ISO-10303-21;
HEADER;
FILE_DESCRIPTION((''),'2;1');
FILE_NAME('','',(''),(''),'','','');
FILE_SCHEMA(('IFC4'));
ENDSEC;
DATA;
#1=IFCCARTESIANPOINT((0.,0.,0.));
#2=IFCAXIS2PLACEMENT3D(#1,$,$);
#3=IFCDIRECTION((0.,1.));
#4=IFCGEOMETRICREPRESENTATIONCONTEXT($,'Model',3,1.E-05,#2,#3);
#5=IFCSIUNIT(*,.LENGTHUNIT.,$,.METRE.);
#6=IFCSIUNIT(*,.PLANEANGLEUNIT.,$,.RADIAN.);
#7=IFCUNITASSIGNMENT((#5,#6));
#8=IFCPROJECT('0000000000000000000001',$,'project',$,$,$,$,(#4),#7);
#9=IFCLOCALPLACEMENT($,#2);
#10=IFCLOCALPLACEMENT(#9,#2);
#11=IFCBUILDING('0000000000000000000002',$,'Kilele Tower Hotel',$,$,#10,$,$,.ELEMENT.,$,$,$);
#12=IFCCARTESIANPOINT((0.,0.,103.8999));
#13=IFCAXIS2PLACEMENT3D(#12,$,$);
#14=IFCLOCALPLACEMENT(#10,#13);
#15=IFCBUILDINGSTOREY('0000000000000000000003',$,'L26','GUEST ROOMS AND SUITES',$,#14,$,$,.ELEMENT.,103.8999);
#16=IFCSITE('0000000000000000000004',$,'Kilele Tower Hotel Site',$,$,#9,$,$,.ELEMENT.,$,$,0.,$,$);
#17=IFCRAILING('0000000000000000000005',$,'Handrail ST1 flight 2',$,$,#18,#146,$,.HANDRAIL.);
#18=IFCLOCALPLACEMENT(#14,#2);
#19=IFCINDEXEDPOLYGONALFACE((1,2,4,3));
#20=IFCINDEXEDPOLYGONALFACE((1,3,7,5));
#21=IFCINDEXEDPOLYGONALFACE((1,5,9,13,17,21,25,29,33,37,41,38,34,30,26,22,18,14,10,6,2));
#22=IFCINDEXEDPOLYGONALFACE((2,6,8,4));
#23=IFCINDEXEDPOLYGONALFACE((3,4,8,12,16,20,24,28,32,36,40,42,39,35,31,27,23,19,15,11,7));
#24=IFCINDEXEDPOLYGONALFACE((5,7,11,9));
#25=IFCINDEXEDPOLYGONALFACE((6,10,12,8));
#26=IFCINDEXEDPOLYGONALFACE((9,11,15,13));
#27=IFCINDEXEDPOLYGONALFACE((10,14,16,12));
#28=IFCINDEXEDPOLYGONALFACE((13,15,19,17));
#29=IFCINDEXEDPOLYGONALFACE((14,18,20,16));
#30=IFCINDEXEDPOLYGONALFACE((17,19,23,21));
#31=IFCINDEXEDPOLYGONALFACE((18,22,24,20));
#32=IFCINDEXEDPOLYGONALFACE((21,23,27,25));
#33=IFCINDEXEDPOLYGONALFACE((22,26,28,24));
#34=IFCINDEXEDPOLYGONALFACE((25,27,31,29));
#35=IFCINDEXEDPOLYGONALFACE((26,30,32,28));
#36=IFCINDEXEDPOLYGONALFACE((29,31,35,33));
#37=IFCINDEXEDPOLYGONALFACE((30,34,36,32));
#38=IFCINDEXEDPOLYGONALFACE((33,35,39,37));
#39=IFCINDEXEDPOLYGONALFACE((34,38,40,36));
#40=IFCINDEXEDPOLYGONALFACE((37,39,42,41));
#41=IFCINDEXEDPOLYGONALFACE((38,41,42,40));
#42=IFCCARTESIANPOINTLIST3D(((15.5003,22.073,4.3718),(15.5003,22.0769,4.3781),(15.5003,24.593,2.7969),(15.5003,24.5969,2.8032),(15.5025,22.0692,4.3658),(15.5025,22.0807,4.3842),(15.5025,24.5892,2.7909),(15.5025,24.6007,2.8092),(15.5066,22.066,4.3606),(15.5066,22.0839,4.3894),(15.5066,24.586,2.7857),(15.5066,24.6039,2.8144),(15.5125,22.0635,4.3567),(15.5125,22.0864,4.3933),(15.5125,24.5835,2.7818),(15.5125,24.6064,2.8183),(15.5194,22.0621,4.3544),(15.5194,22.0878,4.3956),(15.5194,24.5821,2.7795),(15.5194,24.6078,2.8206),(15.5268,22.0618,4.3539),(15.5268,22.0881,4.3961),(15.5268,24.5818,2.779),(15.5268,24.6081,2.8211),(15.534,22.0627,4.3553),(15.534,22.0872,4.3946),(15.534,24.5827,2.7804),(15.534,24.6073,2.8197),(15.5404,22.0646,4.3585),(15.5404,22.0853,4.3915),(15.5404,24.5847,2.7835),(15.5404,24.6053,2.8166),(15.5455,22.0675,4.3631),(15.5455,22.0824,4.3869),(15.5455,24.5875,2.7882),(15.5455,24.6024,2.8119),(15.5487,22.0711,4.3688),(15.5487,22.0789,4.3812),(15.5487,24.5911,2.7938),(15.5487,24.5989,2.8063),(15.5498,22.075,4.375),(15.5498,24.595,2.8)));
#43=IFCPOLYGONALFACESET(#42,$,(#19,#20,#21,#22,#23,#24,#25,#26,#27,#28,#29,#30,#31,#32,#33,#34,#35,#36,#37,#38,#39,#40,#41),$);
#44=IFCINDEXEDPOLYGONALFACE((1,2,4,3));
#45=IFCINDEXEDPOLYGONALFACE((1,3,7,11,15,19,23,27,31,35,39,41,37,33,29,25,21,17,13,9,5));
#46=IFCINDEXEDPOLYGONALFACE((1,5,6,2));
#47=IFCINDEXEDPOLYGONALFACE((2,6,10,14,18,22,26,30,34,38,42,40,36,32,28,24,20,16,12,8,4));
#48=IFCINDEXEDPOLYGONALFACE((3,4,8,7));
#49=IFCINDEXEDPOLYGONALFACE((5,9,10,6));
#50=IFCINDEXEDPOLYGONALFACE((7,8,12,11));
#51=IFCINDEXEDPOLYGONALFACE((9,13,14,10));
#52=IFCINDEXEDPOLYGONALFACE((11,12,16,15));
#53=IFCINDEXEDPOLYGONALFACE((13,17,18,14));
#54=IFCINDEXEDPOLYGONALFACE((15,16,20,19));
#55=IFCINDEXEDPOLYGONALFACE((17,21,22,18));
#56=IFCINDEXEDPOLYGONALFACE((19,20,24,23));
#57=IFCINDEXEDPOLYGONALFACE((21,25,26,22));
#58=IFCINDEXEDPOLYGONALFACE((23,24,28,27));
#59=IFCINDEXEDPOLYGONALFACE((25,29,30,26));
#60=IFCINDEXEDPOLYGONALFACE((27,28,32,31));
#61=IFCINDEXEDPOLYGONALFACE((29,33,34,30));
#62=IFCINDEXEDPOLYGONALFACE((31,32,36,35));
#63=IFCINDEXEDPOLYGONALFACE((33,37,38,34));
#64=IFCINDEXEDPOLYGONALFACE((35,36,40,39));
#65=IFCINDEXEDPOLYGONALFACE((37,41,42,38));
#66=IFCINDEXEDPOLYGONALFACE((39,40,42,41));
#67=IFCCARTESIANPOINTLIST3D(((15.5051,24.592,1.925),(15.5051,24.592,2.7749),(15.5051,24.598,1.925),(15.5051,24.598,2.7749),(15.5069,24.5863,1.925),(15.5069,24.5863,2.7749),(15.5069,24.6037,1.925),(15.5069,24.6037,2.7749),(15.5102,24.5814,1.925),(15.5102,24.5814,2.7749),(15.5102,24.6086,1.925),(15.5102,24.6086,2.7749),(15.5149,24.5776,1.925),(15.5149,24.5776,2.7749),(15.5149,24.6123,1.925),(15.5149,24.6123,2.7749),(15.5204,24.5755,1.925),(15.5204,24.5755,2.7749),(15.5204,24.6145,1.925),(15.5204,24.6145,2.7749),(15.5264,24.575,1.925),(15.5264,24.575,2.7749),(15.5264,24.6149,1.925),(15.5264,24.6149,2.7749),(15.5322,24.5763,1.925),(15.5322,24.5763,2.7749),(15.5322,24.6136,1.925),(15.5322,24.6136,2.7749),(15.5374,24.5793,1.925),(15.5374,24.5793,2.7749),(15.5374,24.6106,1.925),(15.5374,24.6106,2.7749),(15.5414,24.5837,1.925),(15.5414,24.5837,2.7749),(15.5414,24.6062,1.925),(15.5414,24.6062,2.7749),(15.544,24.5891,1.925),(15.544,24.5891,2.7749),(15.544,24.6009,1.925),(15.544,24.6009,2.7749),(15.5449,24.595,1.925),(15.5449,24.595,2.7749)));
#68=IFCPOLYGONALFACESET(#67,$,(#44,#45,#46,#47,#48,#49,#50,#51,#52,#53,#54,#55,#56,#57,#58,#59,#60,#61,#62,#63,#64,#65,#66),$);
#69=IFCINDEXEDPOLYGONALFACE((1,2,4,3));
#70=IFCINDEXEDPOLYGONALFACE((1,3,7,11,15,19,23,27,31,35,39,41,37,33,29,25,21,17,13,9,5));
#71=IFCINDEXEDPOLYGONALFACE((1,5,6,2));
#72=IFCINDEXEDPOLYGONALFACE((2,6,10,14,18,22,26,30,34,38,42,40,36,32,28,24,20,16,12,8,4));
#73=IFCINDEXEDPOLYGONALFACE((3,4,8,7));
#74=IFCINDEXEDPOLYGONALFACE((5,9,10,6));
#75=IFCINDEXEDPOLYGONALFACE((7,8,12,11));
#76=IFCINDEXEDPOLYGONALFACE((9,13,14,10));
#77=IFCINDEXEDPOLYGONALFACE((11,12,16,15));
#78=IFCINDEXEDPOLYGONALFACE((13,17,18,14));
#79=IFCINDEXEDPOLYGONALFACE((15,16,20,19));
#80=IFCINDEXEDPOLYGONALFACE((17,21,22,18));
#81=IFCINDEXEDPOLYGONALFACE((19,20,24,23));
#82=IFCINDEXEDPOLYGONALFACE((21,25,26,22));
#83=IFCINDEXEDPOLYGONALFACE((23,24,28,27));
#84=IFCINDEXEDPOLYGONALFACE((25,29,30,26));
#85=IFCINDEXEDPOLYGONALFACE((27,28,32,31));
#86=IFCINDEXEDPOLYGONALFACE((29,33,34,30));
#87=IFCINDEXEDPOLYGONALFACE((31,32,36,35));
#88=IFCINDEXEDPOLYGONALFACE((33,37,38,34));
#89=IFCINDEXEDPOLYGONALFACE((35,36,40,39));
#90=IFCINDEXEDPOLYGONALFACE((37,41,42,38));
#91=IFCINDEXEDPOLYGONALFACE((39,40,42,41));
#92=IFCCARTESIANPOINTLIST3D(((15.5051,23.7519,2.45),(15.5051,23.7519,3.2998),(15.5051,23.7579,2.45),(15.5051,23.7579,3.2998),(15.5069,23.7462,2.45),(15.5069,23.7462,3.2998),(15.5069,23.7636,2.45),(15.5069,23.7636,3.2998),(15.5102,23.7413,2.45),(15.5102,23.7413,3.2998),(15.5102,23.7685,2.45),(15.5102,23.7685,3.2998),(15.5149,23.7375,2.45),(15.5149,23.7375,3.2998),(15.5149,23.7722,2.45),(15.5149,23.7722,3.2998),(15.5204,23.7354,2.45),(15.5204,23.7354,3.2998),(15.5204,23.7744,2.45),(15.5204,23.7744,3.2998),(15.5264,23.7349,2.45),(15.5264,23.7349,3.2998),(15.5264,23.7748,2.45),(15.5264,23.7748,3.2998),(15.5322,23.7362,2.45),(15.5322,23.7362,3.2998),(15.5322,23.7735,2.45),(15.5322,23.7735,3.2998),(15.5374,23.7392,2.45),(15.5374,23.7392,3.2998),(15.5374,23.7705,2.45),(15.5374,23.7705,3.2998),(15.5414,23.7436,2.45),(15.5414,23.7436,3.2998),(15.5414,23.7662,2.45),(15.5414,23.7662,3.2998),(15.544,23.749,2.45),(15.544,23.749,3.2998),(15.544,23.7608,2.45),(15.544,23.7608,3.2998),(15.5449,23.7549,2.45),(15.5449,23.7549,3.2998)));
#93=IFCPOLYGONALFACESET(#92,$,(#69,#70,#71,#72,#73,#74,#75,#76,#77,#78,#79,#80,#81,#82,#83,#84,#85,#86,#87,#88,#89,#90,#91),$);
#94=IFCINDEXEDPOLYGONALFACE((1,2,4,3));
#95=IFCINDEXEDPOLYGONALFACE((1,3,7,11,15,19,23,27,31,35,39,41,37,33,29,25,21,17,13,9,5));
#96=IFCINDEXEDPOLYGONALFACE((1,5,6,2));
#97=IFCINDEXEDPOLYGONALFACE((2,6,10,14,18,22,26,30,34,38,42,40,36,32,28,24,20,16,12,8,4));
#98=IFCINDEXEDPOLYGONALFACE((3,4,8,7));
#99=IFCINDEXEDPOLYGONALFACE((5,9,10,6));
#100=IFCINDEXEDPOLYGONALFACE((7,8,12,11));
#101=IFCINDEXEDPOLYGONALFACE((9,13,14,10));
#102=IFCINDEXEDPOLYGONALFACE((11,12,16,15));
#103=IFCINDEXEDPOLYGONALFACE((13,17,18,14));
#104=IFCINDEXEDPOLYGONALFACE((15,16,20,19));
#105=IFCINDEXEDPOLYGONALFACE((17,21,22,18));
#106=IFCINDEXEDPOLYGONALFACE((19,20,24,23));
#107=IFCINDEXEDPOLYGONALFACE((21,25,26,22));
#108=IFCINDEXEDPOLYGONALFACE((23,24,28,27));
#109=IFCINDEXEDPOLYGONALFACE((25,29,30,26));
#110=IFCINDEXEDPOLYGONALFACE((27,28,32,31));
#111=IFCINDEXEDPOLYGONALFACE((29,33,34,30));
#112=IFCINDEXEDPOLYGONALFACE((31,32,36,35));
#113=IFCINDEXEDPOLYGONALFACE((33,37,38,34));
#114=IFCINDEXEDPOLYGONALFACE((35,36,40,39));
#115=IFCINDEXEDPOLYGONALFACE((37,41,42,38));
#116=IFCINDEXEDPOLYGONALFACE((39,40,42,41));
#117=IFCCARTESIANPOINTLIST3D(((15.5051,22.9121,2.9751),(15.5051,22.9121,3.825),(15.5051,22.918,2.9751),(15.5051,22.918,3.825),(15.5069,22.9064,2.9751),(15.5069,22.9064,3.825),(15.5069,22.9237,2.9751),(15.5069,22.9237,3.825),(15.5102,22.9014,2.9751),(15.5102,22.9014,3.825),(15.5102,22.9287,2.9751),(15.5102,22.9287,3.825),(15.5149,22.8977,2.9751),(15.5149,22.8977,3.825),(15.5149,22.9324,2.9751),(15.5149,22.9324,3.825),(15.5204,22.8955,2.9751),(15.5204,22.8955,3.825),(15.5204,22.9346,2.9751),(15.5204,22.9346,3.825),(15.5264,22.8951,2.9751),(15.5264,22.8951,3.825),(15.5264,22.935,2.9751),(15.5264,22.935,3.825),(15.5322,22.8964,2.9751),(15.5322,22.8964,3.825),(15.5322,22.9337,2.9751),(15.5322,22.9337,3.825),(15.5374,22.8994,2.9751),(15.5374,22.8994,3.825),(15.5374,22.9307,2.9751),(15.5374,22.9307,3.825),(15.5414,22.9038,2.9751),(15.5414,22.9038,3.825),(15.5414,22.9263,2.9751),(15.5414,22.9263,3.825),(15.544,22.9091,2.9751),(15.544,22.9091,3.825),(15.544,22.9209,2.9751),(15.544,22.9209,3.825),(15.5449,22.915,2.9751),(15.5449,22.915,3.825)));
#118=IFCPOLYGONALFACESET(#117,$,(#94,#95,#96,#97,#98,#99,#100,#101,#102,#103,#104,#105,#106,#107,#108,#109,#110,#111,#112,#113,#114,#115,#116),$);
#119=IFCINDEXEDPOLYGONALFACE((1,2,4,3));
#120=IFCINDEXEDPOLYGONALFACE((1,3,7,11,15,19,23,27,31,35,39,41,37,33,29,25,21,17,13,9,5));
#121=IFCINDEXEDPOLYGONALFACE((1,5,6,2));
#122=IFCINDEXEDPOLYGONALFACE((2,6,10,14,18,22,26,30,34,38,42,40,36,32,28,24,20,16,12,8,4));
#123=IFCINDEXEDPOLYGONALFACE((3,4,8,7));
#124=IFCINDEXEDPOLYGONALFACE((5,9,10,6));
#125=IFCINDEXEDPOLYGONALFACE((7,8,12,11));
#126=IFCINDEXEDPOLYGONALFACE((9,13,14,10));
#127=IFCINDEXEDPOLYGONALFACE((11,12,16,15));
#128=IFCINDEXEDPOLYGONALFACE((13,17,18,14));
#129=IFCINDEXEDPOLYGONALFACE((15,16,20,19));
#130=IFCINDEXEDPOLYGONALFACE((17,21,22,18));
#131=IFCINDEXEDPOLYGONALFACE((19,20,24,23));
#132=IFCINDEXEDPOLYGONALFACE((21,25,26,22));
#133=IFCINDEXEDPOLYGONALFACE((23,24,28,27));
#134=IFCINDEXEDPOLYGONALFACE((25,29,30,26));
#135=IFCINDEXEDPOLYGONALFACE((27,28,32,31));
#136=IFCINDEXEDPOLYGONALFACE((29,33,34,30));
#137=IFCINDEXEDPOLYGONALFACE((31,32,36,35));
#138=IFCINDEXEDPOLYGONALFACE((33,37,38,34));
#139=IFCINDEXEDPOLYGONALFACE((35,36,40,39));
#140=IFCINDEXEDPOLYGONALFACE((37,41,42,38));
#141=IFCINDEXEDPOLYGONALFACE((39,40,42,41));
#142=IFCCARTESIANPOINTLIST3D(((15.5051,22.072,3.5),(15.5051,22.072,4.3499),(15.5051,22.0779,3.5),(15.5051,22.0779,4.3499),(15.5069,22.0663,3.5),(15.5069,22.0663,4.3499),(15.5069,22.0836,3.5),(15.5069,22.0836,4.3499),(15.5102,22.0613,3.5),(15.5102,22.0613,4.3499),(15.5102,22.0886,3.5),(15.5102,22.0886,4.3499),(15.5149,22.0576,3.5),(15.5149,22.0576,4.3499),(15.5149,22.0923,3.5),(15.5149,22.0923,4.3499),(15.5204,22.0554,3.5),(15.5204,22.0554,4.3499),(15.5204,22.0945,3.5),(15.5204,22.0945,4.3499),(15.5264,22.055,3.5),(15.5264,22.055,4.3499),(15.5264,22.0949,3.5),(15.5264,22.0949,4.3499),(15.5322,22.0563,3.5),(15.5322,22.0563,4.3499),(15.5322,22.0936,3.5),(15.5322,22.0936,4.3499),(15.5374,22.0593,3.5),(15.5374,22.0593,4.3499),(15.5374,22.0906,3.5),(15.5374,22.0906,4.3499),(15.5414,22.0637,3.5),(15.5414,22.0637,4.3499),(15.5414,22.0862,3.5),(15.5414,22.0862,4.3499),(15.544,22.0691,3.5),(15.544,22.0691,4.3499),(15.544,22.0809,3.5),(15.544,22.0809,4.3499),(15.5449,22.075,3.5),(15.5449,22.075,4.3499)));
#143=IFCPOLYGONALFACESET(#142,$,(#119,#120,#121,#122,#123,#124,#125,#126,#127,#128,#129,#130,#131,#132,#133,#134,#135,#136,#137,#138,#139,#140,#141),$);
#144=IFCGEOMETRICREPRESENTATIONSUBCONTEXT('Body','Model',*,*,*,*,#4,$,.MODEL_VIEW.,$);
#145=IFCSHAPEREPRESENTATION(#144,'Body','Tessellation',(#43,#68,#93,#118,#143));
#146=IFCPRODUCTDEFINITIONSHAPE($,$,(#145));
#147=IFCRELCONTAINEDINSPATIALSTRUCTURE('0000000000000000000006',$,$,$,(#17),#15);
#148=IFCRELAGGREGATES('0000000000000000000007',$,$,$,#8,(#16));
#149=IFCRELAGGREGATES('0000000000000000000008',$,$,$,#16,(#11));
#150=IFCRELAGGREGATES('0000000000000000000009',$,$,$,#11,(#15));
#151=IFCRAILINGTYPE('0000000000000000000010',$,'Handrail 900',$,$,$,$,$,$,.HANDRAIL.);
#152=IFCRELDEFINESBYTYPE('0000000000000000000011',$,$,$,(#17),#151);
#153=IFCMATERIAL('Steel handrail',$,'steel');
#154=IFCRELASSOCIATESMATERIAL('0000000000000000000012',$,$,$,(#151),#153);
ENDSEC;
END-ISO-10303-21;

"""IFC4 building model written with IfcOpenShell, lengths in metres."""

from ifc_helpers import new_model, si_unit, direction, frame, origin, origin_2d, place, context, subcontext, project, spatial, circle, extrude, material, type_object, element, save


model = new_model("IFC4")

# Units and contexts
model_context = context("Model", 3, precision=1e-05, world=origin(), true_north=direction((0.0, 1.0)))
body_context = subcontext(model_context, "Body", "Model", "MODEL_VIEW")
ifc_project = project(units=[si_unit("LENGTHUNIT", "METRE"), si_unit("PLANEANGLEUNIT", "RADIAN")], contexts=[model_context])

# Site, building, storey
site_placement = place(None, origin())
site = spatial("IfcSite", under=ifc_project, at=site_placement, Name="Kilele Tower Hotel Site", CompositionType="ELEMENT", RefElevation=0.0)
building_placement = place(site_placement, origin())
building = spatial("IfcBuilding", under=site, at=building_placement, Name="Kilele Tower Hotel", CompositionType="ELEMENT")
storey_placement = place(building_placement, frame((0.0, 0.0, 103.8999)))
storey = spatial("IfcBuildingStorey", under=building, at=storey_placement, Name="L26", Description="GUEST ROOMS AND SUITES", CompositionType="ELEMENT", Elevation=103.8999)

# Railing
ifc_material_1 = material(Name="Steel handrail", Category="steel")
railing_type_1 = type_object("IfcRailingType", Name="Handrail 900", PredefinedType="HANDRAIL", material=ifc_material_1)
for number, where, name in (
    (1, (15.5249, 24.595, 1.925), "Handrail ST1 flight 2"),
):
    element("IfcRailing", number, at=place(storey_placement, frame(where)), inside=storey, type_object=railing_type_1, Name=name, PredefinedType="HANDRAIL", context=body_context, shape_type="SweptSolid", body=[
        extrude(circle(Radius=0.0249, at=origin_2d()), frame((0.0, 0.0, 0.875), z_axis=(0.0, -0.848008, 0.529984), x_axis=(1.0, 0.0, 0.0)), (0.0, 0.0, 1.0), 2.9717),
        extrude(circle(Radius=0.02, at=origin_2d()), origin(), (0.0, 0.0, 1.0), 0.8499),
        extrude(circle(Radius=0.02, at=origin_2d()), frame((0.0, -0.8401, 0.5249)), (0.0, 0.0, 1.0), 0.8499),
        extrude(circle(Radius=0.02, at=origin_2d()), frame((0.0, -1.6799, 1.05)), (0.0, 0.0, 1.0), 0.8499),
        extrude(circle(Radius=0.02, at=origin_2d()), frame((0.0, -2.52, 1.575)), (0.0, 0.0, 1.0), 0.8499),
    ])

save(model, "model.ifc")
